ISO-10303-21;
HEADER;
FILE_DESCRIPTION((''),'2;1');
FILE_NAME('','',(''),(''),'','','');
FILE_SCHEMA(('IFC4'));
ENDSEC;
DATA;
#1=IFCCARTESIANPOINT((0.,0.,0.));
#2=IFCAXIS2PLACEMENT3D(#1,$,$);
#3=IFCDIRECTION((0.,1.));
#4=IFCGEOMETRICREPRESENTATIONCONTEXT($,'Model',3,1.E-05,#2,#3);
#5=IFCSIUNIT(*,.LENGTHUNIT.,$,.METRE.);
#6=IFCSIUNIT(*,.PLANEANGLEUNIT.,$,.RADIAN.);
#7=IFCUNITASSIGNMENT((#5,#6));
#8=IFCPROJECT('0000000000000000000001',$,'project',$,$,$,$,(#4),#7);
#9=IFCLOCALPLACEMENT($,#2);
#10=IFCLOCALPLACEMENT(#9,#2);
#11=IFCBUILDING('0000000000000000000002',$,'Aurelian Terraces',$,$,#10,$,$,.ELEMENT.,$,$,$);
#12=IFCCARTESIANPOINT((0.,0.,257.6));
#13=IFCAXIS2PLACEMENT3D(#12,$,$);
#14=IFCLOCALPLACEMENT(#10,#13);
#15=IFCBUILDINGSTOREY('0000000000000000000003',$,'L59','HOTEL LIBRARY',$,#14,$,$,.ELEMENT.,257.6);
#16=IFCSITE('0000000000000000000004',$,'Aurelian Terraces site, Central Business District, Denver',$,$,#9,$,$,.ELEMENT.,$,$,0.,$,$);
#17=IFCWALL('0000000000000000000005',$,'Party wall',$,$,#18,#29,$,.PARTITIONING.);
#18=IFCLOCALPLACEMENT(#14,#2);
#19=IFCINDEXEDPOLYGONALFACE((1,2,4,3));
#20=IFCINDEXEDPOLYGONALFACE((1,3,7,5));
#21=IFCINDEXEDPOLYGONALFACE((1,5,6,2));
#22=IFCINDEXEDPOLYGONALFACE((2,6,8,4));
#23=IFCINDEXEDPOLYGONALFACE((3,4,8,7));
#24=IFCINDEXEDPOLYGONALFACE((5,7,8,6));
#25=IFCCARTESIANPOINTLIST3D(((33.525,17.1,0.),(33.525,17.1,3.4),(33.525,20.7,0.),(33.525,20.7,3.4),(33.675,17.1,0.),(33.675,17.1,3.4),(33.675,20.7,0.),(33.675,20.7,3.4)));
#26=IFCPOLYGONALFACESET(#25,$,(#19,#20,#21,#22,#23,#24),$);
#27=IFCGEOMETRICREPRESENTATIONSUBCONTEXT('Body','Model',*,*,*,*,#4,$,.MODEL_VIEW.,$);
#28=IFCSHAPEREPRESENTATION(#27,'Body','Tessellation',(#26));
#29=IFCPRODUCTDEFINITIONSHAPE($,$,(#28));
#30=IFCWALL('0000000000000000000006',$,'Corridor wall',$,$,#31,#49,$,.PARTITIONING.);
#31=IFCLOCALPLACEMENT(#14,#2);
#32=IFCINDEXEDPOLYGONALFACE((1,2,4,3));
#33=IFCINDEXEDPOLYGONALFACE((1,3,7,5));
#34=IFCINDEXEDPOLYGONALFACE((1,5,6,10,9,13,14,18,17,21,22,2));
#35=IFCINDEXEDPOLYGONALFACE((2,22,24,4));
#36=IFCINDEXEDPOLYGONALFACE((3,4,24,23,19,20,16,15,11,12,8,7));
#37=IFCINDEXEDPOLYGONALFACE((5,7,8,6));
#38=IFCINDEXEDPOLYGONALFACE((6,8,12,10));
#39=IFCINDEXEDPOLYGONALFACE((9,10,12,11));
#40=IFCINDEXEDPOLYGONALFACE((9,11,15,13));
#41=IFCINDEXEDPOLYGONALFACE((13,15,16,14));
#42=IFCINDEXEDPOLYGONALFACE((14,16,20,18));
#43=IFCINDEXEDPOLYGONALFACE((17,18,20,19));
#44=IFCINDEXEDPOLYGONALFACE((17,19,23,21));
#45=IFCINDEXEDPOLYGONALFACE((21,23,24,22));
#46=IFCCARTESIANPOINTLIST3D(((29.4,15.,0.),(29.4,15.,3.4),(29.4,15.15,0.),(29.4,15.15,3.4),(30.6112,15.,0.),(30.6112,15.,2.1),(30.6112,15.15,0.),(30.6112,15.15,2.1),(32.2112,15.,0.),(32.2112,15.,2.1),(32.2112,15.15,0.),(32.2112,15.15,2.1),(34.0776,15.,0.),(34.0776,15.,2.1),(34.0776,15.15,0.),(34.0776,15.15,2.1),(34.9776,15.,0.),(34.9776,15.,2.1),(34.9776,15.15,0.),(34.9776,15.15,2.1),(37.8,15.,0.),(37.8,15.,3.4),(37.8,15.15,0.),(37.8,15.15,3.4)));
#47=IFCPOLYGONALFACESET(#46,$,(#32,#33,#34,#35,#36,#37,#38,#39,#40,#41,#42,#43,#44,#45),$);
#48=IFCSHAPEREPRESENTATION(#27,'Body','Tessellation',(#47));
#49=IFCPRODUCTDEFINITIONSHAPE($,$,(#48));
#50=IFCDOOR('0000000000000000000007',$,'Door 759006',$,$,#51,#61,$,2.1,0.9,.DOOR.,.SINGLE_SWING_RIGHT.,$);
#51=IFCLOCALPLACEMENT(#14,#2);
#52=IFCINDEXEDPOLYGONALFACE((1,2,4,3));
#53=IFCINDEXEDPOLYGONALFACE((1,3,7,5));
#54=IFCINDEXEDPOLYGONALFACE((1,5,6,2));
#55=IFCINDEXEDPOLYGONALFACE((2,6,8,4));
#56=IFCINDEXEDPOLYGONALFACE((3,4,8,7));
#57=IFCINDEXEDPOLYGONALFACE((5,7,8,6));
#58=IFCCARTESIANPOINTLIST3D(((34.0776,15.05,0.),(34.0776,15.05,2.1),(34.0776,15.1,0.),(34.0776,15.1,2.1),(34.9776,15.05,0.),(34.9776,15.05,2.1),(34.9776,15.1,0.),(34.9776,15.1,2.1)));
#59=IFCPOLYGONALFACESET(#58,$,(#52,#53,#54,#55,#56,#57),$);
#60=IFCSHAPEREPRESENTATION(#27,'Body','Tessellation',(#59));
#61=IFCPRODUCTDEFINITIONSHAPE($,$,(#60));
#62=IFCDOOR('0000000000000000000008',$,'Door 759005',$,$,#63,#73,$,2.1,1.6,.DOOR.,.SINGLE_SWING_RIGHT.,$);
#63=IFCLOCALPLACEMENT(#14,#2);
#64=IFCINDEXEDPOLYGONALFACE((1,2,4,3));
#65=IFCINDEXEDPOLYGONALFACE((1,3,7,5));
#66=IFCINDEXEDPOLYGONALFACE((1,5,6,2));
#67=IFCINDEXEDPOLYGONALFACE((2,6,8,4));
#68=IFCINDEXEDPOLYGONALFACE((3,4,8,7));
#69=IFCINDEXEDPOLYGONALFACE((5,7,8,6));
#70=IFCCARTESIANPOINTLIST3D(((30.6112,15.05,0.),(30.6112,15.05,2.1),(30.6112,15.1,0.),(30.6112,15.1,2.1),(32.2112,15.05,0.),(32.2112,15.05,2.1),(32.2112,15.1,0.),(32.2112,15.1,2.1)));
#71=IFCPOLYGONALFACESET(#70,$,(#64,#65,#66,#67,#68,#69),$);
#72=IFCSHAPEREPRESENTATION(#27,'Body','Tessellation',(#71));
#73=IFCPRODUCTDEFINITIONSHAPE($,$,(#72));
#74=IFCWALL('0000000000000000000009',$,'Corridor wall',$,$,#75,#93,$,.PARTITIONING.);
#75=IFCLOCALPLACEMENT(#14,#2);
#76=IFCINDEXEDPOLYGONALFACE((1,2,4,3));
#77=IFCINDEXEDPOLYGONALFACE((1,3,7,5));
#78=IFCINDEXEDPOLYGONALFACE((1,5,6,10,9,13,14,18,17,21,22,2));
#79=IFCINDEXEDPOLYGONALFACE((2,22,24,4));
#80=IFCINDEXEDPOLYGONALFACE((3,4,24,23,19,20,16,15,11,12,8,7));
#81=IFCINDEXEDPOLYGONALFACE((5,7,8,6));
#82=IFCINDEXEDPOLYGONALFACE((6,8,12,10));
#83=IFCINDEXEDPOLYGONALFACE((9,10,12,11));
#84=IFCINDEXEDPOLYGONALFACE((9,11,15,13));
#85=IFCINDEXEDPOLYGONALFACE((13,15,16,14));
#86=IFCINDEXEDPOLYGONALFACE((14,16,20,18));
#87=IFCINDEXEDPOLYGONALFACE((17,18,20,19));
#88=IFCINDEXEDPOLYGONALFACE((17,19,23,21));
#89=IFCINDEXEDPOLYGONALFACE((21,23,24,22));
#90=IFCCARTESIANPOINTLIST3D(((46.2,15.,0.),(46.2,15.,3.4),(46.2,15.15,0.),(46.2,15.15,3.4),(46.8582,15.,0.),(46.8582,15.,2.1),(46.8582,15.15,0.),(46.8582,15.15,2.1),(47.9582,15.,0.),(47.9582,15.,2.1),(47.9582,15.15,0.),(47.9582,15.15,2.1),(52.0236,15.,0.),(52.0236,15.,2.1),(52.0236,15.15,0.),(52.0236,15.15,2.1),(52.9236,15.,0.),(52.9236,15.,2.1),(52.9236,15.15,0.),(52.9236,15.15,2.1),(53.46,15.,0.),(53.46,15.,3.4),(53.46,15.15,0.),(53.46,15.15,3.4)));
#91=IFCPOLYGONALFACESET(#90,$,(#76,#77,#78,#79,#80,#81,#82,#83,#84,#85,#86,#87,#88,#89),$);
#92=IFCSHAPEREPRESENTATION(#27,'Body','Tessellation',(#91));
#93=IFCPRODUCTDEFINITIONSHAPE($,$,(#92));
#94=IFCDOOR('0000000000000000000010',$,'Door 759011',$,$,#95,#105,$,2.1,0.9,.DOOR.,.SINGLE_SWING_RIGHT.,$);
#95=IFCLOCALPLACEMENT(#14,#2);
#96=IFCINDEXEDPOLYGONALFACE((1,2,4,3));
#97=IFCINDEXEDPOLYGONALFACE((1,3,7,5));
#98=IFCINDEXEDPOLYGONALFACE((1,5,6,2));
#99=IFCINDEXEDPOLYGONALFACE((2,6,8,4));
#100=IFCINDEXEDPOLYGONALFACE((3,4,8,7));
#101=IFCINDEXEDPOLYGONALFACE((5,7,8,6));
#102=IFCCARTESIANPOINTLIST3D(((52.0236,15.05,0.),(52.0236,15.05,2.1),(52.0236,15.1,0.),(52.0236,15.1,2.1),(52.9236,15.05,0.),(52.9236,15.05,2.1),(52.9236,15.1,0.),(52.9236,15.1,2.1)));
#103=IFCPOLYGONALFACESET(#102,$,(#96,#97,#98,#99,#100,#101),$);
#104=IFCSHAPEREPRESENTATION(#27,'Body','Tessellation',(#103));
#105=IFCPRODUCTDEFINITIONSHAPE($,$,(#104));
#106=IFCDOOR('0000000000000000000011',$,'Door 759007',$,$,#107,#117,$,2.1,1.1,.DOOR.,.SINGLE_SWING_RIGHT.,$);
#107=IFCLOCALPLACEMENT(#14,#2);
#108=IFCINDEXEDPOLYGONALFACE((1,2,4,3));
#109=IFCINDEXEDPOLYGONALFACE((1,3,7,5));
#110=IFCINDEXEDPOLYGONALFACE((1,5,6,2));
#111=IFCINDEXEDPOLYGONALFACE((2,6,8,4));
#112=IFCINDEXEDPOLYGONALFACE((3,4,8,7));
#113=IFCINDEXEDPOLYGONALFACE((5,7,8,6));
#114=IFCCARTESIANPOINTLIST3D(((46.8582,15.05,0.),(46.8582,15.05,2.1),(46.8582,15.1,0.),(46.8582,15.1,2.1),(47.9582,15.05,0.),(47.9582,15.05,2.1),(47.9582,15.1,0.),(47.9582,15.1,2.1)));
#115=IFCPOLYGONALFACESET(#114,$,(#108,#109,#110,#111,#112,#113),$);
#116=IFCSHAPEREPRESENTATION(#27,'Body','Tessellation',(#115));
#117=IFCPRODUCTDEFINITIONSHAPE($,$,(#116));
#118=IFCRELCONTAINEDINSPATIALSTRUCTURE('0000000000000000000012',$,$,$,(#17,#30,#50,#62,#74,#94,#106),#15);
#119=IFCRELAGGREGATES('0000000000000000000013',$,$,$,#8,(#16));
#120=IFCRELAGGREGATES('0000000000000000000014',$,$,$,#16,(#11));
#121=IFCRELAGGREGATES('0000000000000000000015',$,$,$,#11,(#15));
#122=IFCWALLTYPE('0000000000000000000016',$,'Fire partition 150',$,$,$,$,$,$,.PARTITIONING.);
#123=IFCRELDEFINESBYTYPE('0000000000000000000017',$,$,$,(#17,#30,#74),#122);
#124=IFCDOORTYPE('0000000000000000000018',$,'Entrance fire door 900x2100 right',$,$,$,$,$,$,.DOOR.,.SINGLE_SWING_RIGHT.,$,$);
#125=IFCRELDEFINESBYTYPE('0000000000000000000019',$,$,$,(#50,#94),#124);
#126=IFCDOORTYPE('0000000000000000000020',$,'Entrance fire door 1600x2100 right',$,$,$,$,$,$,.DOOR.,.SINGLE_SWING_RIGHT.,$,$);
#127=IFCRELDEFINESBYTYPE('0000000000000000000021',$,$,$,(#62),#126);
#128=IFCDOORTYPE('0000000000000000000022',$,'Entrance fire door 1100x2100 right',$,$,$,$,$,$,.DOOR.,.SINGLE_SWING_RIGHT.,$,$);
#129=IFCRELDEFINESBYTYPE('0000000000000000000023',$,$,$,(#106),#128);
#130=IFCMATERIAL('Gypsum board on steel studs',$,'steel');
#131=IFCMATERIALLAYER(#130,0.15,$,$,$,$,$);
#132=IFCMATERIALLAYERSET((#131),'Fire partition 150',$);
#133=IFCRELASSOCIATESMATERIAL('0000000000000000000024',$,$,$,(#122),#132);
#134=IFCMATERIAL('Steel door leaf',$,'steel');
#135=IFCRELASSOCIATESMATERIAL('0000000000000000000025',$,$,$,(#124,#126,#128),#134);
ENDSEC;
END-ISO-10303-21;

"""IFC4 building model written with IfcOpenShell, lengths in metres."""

from ifc_helpers import new_model, si_unit, direction, frame, frame_2d, origin, place, context, subcontext, project, spatial, rectangle, extrude, source, transform, mapped, material, layer, layer_set, type_object, element, fill, save


model = new_model("IFC4")

# Units and contexts
model_context = context("Model", 3, precision=1e-05, world=origin(), true_north=direction((0.0, 1.0)))
body_context = subcontext(model_context, "Body", "Model", "MODEL_VIEW")
ifc_project = project(units=[si_unit("LENGTHUNIT", "METRE"), si_unit("PLANEANGLEUNIT", "RADIAN")], contexts=[model_context])

# Site, building, storey
site_placement = place(None, origin())
site = spatial("IfcSite", under=ifc_project, at=site_placement, Name="Aurelian Terraces site, Central Business District, Denver", CompositionType="ELEMENT", RefElevation=0.0)
building_placement = place(site_placement, origin())
building = spatial("IfcBuilding", under=site, at=building_placement, Name="Aurelian Terraces", CompositionType="ELEMENT")
storey_placement = place(building_placement, frame((0.0, 0.0, 257.6)))
storey = spatial("IfcBuildingStorey", under=building, at=storey_placement, Name="L59", Description="HOTEL LIBRARY", CompositionType="ELEMENT", Elevation=257.6)

# Shared definitions
ifc_material_1 = material(Name="Gypsum board on steel studs", Category="steel")
ifc_layer_1 = layer(ifc_material_1, 0.15)
ifc_layer_set_1 = layer_set([ifc_layer_1], Name="Fire partition 150")
wall_type_1 = type_object("IfcWallType", Name="Fire partition 150", PredefinedType="PARTITIONING", material=ifc_layer_set_1)
shared_shape_1 = source(origin(), body_context, "Body", "SweptSolid", [
    extrude(rectangle(XDim=0.9, YDim=2.1, at=frame_2d((0.45, 1.05))), frame((0.0, 0.085, 0.0), z_axis=(0.0, -1.0, 0.0), x_axis=(1.0, 0.0, 0.0)), (0.0, 0.0, 1.0), 0.17),
])
shared_shape_2 = source(origin(), body_context, "Body", "SweptSolid", [
    extrude(rectangle(XDim=0.9, YDim=2.1, at=frame_2d((0.45, 1.05))), frame((0.0, 0.025, 0.0), z_axis=(0.0, -1.0, 0.0), x_axis=(1.0, 0.0, 0.0)), (0.0, 0.0, 1.0), 0.05),
])

# Wall
shared_shape_3 = source(origin(), body_context, "Body", "SweptSolid", [
    extrude(rectangle(XDim=3.6, YDim=0.15, at=frame_2d((1.8, 0.0))), origin(), (0.0, 0.0, 1.0), 3.4),
])
wall_1_placement = place(storey_placement, frame((33.6, 17.1, 0.0), z_axis=(0.0, 0.0, 1.0), x_axis=(0.0, 1.0, 0.0)))
element("IfcWall", 1, at=wall_1_placement, inside=storey, type_object=wall_type_1, Name="Party wall", PredefinedType="PARTITIONING", context=body_context, shape_type="MappedRepresentation", body=[
    mapped(shared_shape_3, transform((0.0, 0.0, 0.0), scale=1.0)),
])

# Walls, openings, doors
shared_shape_4 = source(origin(), body_context, "Body", "SweptSolid", [
    extrude(rectangle(XDim=8.4, YDim=0.15, at=frame_2d((4.2, 0.0))), origin(), (0.0, 0.0, 1.0), 3.4),
])
wall_2_placement = place(storey_placement, frame((37.8, 15.075, 0.0), z_axis=(0.0, 0.0, 1.0), x_axis=(-1.0, 0.0, 0.0)))
wall_2 = element("IfcWall", 2, at=wall_2_placement, inside=storey, type_object=wall_type_1, Name="Corridor wall", PredefinedType="PARTITIONING", context=body_context, shape_type="MappedRepresentation", body=[
    mapped(shared_shape_4, transform((0.0, 0.0, 0.0), scale=1.0)),
])
shared_shape_5 = source(origin(), body_context, "Body", "SweptSolid", [
    extrude(rectangle(XDim=1.6, YDim=2.1, at=frame_2d((0.8, 1.05))), frame((0.0, 0.085, 0.0), z_axis=(0.0, -1.0, 0.0), x_axis=(1.0, 0.0, 0.0)), (0.0, 0.0, 1.0), 0.17),
])
opening_1_placement = place(wall_2_placement, frame((5.5888, 0.0, 0.0)))
opening_1 = element("IfcOpeningElement", 3, at=opening_1_placement, cuts=wall_2, PredefinedType="OPENING", context=body_context, shape_type="MappedRepresentation", body=[
    mapped(shared_shape_5, transform((0.0, 0.0, 0.0), scale=1.0)),
])
opening_2_placement = place(wall_2_placement, frame((2.8224, 0.0, 0.0)))
opening_2 = element("IfcOpeningElement", 4, at=opening_2_placement, cuts=wall_2, PredefinedType="OPENING", context=body_context, shape_type="MappedRepresentation", body=[
    mapped(shared_shape_1, transform((0.0, 0.0, 0.0), scale=1.0)),
])
ifc_material_2 = material(Name="Steel door leaf", Category="steel")
door_type_1 = type_object("IfcDoorType", Name="Entrance fire door 900x2100 right", OperationType="SINGLE_SWING_RIGHT", PredefinedType="DOOR", material=ifc_material_2)
door_1_placement = place(opening_2_placement, origin())
door_1 = element("IfcDoor", 5, at=door_1_placement, inside=storey, type_object=door_type_1, Name="Door 759006", OperationType="SINGLE_SWING_RIGHT", OverallHeight=2.1, OverallWidth=0.9, PredefinedType="DOOR", context=body_context, shape_type="MappedRepresentation", body=[
    mapped(shared_shape_2, transform((0.0, 0.0, 0.0), scale=1.0)),
])
fill(opening_2, door_1)
door_type_2 = type_object("IfcDoorType", Name="Entrance fire door 1600x2100 right", OperationType="SINGLE_SWING_RIGHT", PredefinedType="DOOR", material=ifc_material_2)
shared_shape_6 = source(origin(), body_context, "Body", "SweptSolid", [
    extrude(rectangle(XDim=1.6, YDim=2.1, at=frame_2d((0.8, 1.05))), frame((0.0, 0.025, 0.0), z_axis=(0.0, -1.0, 0.0), x_axis=(1.0, 0.0, 0.0)), (0.0, 0.0, 1.0), 0.05),
])
door_2_placement = place(opening_1_placement, origin())
door_2 = element("IfcDoor", 6, at=door_2_placement, inside=storey, type_object=door_type_2, Name="Door 759005", OperationType="SINGLE_SWING_RIGHT", OverallHeight=2.1, OverallWidth=1.6, PredefinedType="DOOR", context=body_context, shape_type="MappedRepresentation", body=[
    mapped(shared_shape_6, transform((0.0, 0.0, 0.0), scale=1.0)),
])
fill(opening_1, door_2)
shared_shape_7 = source(origin(), body_context, "Body", "SweptSolid", [
    extrude(rectangle(XDim=7.26, YDim=0.15, at=frame_2d((3.63, 0.0))), origin(), (0.0, 0.0, 1.0), 3.4),
])
wall_3_placement = place(storey_placement, frame((53.46, 15.075, 0.0), z_axis=(0.0, 0.0, 1.0), x_axis=(-1.0, 0.0, 0.0)))
wall_3 = element("IfcWall", 7, at=wall_3_placement, inside=storey, type_object=wall_type_1, Name="Corridor wall", PredefinedType="PARTITIONING", context=body_context, shape_type="MappedRepresentation", body=[
    mapped(shared_shape_7, transform((0.0, 0.0, 0.0), scale=1.0)),
])
shared_shape_8 = source(origin(), body_context, "Body", "SweptSolid", [
    extrude(rectangle(XDim=1.1, YDim=2.1, at=frame_2d((0.55, 1.05))), frame((0.0, 0.085, 0.0), z_axis=(0.0, -1.0, 0.0), x_axis=(1.0, 0.0, 0.0)), (0.0, 0.0, 1.0), 0.17),
])
opening_3_placement = place(wall_3_placement, frame((5.5018, 0.0, 0.0)))
opening_3 = element("IfcOpeningElement", 8, at=opening_3_placement, cuts=wall_3, PredefinedType="OPENING", context=body_context, shape_type="MappedRepresentation", body=[
    mapped(shared_shape_8, transform((0.0, 0.0, 0.0), scale=1.0)),
])
opening_4_placement = place(wall_3_placement, frame((0.5364, 0.0, 0.0)))
opening_4 = element("IfcOpeningElement", 9, at=opening_4_placement, cuts=wall_3, PredefinedType="OPENING", context=body_context, shape_type="MappedRepresentation", body=[
    mapped(shared_shape_1, transform((0.0, 0.0, 0.0), scale=1.0)),
])
door_3_placement = place(opening_4_placement, origin())
door_3 = element("IfcDoor", 10, at=door_3_placement, inside=storey, type_object=door_type_1, Name="Door 759011", OperationType="SINGLE_SWING_RIGHT", OverallHeight=2.1, OverallWidth=0.9, PredefinedType="DOOR", context=body_context, shape_type="MappedRepresentation", body=[
    mapped(shared_shape_2, transform((0.0, 0.0, 0.0), scale=1.0)),
])
fill(opening_4, door_3)
door_type_3 = type_object("IfcDoorType", Name="Entrance fire door 1100x2100 right", OperationType="SINGLE_SWING_RIGHT", PredefinedType="DOOR", material=ifc_material_2)
shared_shape_9 = source(origin(), body_context, "Body", "SweptSolid", [
    extrude(rectangle(XDim=1.1, YDim=2.1, at=frame_2d((0.55, 1.05))), frame((0.0, 0.025, 0.0), z_axis=(0.0, -1.0, 0.0), x_axis=(1.0, 0.0, 0.0)), (0.0, 0.0, 1.0), 0.05),
])
door_4_placement = place(opening_3_placement, origin())
door_4 = element("IfcDoor", 11, at=door_4_placement, inside=storey, type_object=door_type_3, Name="Door 759007", OperationType="SINGLE_SWING_RIGHT", OverallHeight=2.1, OverallWidth=1.1, PredefinedType="DOOR", context=body_context, shape_type="MappedRepresentation", body=[
    mapped(shared_shape_9, transform((0.0, 0.0, 0.0), scale=1.0)),
])
fill(opening_3, door_4)

save(model, "model.ifc")
